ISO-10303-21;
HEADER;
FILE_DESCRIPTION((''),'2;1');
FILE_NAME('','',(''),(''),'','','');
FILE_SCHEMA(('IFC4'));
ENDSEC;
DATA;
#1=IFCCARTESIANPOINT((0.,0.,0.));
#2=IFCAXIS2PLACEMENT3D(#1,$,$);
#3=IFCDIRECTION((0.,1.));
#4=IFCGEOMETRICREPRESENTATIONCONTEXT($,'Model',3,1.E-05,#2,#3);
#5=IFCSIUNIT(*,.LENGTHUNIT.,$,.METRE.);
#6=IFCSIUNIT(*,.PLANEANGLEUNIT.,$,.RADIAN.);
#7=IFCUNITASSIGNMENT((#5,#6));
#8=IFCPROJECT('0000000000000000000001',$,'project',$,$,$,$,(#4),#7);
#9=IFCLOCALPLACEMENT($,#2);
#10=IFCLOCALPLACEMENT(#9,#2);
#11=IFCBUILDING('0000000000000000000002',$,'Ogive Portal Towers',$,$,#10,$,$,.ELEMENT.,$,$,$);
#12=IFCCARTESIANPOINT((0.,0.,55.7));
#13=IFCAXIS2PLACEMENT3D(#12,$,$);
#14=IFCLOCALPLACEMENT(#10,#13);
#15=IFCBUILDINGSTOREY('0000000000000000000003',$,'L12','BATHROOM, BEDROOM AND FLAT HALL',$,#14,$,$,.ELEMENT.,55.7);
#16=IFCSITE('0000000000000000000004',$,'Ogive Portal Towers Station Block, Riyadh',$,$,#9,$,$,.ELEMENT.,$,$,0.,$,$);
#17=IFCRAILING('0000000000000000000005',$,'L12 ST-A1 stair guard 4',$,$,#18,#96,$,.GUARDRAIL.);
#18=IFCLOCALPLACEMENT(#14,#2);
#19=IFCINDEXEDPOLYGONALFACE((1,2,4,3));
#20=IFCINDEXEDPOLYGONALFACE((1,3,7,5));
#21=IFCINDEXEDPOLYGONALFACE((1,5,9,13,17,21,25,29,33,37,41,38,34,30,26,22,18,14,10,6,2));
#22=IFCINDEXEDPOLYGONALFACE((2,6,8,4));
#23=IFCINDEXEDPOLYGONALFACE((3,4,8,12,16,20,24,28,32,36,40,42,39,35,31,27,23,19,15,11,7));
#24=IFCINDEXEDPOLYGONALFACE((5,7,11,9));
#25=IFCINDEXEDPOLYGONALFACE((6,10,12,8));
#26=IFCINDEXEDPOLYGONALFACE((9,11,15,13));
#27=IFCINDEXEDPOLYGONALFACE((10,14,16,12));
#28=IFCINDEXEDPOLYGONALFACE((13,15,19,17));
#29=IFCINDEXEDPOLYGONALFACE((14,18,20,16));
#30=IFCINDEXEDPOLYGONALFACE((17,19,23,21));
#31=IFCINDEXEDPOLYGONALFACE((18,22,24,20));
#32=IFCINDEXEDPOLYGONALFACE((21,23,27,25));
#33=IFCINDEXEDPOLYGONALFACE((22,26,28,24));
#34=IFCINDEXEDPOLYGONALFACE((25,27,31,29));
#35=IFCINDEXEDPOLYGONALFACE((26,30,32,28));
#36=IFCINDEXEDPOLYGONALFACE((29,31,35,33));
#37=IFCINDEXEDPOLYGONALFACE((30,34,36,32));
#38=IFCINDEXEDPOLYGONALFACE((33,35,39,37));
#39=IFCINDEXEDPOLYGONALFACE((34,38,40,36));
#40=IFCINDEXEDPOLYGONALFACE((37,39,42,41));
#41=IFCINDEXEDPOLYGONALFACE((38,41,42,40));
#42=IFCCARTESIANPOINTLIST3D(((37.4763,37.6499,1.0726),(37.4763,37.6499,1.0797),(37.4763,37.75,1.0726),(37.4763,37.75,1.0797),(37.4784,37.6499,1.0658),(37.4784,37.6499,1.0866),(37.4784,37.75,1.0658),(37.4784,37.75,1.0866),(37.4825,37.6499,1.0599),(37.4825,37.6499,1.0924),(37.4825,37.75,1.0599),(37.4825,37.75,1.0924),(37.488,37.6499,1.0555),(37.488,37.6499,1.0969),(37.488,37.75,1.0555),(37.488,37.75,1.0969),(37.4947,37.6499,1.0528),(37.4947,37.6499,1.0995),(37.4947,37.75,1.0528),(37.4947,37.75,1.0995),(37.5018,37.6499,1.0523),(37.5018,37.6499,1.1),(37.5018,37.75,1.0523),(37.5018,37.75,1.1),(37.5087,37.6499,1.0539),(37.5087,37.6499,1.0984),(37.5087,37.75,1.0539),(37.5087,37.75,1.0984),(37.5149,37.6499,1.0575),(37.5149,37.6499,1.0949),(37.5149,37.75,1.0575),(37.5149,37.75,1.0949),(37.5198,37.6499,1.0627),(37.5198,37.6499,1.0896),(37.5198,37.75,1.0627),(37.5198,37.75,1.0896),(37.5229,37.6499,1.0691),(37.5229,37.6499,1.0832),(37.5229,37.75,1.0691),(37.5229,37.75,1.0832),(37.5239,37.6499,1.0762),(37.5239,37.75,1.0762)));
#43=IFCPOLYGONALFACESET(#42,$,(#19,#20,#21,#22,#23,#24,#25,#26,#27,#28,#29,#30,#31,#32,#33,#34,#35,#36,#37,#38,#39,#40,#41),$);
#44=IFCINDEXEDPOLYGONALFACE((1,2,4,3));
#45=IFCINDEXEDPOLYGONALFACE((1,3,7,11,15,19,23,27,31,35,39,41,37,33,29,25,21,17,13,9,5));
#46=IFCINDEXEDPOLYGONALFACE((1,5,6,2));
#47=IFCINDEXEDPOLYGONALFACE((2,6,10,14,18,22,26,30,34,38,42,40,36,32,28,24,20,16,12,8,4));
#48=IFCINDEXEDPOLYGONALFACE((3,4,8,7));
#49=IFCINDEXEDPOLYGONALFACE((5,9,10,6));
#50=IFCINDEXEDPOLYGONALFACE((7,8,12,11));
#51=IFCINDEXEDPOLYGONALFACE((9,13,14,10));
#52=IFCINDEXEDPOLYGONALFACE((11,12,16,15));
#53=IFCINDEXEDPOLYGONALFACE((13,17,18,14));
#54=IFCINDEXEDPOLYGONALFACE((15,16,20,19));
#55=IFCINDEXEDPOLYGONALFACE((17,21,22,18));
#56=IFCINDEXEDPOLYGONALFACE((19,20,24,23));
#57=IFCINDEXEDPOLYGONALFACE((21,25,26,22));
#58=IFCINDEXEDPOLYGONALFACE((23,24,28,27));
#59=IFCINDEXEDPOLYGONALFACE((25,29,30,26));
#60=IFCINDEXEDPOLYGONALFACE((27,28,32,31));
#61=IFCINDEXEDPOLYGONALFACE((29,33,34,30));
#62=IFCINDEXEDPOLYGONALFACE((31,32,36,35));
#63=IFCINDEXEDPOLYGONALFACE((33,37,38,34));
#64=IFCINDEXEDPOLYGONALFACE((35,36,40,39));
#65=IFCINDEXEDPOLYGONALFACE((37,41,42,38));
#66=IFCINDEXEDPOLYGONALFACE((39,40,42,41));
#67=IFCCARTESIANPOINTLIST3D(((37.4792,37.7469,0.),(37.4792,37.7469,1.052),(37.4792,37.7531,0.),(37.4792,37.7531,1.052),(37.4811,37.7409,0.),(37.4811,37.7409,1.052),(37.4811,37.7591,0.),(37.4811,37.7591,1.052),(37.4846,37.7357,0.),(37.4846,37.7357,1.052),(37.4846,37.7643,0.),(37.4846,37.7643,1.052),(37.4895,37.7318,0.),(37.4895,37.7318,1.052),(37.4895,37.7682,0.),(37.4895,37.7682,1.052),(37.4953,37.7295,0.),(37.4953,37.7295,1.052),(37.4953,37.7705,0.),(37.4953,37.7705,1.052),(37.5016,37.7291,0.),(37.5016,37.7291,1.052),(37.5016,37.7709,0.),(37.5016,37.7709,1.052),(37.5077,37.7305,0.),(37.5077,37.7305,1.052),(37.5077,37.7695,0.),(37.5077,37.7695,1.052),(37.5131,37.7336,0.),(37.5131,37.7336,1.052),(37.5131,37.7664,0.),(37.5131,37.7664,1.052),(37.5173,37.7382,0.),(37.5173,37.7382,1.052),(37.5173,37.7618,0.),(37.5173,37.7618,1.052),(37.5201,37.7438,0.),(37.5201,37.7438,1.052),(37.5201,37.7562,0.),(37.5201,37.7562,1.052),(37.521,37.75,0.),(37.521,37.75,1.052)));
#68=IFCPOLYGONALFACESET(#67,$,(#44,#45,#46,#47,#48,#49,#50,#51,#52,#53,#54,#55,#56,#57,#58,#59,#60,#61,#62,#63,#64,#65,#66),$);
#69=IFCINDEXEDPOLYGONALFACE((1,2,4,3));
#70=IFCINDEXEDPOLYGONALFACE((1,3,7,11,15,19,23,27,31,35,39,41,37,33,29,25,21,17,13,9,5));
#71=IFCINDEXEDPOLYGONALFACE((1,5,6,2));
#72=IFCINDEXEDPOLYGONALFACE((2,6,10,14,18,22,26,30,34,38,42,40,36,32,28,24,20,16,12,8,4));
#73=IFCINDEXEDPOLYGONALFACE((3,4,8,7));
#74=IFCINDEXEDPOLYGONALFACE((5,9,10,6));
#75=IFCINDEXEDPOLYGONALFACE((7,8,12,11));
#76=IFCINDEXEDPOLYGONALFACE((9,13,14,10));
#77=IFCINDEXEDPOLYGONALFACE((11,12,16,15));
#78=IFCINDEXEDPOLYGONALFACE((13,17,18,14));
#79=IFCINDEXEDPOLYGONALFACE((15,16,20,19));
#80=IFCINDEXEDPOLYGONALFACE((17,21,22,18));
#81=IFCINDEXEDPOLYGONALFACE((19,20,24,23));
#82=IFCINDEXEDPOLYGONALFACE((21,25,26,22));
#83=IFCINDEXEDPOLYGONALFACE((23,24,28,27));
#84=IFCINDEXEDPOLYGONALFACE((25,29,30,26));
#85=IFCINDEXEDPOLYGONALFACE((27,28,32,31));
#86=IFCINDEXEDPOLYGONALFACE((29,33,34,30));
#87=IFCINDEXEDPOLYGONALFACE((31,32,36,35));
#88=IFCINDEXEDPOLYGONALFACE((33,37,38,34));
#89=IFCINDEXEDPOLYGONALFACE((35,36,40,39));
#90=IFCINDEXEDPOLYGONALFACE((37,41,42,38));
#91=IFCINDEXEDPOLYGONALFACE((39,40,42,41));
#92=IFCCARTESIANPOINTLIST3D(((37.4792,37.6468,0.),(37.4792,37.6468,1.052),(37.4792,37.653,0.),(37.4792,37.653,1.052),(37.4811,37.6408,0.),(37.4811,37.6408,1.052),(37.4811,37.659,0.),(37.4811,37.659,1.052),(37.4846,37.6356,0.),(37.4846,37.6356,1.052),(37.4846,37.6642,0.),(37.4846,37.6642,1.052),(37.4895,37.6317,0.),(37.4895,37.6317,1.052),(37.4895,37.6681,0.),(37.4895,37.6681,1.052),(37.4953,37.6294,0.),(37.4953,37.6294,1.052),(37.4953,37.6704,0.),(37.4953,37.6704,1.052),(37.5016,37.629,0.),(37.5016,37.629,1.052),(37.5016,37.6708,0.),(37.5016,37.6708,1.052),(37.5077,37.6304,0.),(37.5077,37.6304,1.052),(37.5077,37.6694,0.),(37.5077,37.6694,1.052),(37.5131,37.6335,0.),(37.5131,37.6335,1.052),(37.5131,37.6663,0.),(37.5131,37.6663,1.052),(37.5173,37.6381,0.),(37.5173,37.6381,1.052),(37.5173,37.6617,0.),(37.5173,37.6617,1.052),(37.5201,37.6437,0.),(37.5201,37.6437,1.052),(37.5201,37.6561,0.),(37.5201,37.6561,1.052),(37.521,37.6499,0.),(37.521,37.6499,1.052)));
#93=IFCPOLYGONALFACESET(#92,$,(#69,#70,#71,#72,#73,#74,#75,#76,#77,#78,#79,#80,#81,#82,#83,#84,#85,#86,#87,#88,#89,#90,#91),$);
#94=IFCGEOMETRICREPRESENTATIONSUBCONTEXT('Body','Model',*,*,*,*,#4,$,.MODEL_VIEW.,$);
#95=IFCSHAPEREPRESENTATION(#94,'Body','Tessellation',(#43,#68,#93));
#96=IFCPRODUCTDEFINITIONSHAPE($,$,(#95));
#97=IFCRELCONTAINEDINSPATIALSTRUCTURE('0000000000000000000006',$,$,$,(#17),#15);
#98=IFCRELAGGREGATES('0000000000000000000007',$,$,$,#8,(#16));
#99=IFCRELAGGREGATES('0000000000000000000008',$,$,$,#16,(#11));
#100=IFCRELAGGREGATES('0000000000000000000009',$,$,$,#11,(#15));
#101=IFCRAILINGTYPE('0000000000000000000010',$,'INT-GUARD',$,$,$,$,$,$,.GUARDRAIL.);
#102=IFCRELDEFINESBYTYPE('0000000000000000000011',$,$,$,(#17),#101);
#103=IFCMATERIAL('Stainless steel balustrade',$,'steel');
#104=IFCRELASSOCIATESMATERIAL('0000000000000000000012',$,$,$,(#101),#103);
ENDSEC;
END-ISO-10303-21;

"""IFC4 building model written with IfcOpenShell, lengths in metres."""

from ifc_helpers import new_model, si_unit, direction, frame, origin, origin_2d, place, context, subcontext, project, spatial, circle, extrude, material, type_object, element, save


model = new_model("IFC4")

# Units and contexts
model_context = context("Model", 3, precision=1e-05, world=origin(), true_north=direction((0.0, 1.0)))
body_context = subcontext(model_context, "Body", "Model", "MODEL_VIEW")
ifc_project = project(units=[si_unit("LENGTHUNIT", "METRE"), si_unit("PLANEANGLEUNIT", "RADIAN")], contexts=[model_context])

# Site, building, storey
site_placement = place(None, origin())
site = spatial("IfcSite", under=ifc_project, at=site_placement, Name="Ogive Portal Towers Station Block, Riyadh", CompositionType="ELEMENT", RefElevation=0.0)
building_placement = place(site_placement, origin())
building = spatial("IfcBuilding", under=site, at=building_placement, Name="Ogive Portal Towers", CompositionType="ELEMENT")
storey_placement = place(building_placement, frame((0.0, 0.0, 55.7)))
storey = spatial("IfcBuildingStorey", under=building, at=storey_placement, Name="L12", Description="BATHROOM, BEDROOM AND FLAT HALL", CompositionType="ELEMENT", Elevation=55.7)

# Railing
ifc_material_1 = material(Name="Stainless steel balustrade", Category="steel")
railing_type_1 = type_object("IfcRailingType", Name="INT-GUARD", PredefinedType="GUARDRAIL", material=ifc_material_1)
railing_1_placement = place(storey_placement, frame((37.5, 37.75, 0.0)))
element("IfcRailing", 1, at=railing_1_placement, inside=storey, type_object=railing_type_1, Name="L12 ST-A1 stair guard 4", PredefinedType="GUARDRAIL", context=body_context, shape_type="SweptSolid", body=[
    extrude(circle(Radius=0.0239, at=origin_2d()), frame((0.0, 0.0, 1.0762), z_axis=(0.0, -1.0, 0.0), x_axis=(1.0, 0.0, 0.0)), (0.0, 0.0, 1.0), 0.1001),
    extrude(circle(Radius=0.021, at=origin_2d()), origin(), (0.0, 0.0, 1.0), 1.052),
    extrude(circle(Radius=0.021, at=origin_2d()), frame((0.0, -0.1001, 0.0)), (0.0, 0.0, 1.0), 1.052),
])

save(model, "model.ifc")
